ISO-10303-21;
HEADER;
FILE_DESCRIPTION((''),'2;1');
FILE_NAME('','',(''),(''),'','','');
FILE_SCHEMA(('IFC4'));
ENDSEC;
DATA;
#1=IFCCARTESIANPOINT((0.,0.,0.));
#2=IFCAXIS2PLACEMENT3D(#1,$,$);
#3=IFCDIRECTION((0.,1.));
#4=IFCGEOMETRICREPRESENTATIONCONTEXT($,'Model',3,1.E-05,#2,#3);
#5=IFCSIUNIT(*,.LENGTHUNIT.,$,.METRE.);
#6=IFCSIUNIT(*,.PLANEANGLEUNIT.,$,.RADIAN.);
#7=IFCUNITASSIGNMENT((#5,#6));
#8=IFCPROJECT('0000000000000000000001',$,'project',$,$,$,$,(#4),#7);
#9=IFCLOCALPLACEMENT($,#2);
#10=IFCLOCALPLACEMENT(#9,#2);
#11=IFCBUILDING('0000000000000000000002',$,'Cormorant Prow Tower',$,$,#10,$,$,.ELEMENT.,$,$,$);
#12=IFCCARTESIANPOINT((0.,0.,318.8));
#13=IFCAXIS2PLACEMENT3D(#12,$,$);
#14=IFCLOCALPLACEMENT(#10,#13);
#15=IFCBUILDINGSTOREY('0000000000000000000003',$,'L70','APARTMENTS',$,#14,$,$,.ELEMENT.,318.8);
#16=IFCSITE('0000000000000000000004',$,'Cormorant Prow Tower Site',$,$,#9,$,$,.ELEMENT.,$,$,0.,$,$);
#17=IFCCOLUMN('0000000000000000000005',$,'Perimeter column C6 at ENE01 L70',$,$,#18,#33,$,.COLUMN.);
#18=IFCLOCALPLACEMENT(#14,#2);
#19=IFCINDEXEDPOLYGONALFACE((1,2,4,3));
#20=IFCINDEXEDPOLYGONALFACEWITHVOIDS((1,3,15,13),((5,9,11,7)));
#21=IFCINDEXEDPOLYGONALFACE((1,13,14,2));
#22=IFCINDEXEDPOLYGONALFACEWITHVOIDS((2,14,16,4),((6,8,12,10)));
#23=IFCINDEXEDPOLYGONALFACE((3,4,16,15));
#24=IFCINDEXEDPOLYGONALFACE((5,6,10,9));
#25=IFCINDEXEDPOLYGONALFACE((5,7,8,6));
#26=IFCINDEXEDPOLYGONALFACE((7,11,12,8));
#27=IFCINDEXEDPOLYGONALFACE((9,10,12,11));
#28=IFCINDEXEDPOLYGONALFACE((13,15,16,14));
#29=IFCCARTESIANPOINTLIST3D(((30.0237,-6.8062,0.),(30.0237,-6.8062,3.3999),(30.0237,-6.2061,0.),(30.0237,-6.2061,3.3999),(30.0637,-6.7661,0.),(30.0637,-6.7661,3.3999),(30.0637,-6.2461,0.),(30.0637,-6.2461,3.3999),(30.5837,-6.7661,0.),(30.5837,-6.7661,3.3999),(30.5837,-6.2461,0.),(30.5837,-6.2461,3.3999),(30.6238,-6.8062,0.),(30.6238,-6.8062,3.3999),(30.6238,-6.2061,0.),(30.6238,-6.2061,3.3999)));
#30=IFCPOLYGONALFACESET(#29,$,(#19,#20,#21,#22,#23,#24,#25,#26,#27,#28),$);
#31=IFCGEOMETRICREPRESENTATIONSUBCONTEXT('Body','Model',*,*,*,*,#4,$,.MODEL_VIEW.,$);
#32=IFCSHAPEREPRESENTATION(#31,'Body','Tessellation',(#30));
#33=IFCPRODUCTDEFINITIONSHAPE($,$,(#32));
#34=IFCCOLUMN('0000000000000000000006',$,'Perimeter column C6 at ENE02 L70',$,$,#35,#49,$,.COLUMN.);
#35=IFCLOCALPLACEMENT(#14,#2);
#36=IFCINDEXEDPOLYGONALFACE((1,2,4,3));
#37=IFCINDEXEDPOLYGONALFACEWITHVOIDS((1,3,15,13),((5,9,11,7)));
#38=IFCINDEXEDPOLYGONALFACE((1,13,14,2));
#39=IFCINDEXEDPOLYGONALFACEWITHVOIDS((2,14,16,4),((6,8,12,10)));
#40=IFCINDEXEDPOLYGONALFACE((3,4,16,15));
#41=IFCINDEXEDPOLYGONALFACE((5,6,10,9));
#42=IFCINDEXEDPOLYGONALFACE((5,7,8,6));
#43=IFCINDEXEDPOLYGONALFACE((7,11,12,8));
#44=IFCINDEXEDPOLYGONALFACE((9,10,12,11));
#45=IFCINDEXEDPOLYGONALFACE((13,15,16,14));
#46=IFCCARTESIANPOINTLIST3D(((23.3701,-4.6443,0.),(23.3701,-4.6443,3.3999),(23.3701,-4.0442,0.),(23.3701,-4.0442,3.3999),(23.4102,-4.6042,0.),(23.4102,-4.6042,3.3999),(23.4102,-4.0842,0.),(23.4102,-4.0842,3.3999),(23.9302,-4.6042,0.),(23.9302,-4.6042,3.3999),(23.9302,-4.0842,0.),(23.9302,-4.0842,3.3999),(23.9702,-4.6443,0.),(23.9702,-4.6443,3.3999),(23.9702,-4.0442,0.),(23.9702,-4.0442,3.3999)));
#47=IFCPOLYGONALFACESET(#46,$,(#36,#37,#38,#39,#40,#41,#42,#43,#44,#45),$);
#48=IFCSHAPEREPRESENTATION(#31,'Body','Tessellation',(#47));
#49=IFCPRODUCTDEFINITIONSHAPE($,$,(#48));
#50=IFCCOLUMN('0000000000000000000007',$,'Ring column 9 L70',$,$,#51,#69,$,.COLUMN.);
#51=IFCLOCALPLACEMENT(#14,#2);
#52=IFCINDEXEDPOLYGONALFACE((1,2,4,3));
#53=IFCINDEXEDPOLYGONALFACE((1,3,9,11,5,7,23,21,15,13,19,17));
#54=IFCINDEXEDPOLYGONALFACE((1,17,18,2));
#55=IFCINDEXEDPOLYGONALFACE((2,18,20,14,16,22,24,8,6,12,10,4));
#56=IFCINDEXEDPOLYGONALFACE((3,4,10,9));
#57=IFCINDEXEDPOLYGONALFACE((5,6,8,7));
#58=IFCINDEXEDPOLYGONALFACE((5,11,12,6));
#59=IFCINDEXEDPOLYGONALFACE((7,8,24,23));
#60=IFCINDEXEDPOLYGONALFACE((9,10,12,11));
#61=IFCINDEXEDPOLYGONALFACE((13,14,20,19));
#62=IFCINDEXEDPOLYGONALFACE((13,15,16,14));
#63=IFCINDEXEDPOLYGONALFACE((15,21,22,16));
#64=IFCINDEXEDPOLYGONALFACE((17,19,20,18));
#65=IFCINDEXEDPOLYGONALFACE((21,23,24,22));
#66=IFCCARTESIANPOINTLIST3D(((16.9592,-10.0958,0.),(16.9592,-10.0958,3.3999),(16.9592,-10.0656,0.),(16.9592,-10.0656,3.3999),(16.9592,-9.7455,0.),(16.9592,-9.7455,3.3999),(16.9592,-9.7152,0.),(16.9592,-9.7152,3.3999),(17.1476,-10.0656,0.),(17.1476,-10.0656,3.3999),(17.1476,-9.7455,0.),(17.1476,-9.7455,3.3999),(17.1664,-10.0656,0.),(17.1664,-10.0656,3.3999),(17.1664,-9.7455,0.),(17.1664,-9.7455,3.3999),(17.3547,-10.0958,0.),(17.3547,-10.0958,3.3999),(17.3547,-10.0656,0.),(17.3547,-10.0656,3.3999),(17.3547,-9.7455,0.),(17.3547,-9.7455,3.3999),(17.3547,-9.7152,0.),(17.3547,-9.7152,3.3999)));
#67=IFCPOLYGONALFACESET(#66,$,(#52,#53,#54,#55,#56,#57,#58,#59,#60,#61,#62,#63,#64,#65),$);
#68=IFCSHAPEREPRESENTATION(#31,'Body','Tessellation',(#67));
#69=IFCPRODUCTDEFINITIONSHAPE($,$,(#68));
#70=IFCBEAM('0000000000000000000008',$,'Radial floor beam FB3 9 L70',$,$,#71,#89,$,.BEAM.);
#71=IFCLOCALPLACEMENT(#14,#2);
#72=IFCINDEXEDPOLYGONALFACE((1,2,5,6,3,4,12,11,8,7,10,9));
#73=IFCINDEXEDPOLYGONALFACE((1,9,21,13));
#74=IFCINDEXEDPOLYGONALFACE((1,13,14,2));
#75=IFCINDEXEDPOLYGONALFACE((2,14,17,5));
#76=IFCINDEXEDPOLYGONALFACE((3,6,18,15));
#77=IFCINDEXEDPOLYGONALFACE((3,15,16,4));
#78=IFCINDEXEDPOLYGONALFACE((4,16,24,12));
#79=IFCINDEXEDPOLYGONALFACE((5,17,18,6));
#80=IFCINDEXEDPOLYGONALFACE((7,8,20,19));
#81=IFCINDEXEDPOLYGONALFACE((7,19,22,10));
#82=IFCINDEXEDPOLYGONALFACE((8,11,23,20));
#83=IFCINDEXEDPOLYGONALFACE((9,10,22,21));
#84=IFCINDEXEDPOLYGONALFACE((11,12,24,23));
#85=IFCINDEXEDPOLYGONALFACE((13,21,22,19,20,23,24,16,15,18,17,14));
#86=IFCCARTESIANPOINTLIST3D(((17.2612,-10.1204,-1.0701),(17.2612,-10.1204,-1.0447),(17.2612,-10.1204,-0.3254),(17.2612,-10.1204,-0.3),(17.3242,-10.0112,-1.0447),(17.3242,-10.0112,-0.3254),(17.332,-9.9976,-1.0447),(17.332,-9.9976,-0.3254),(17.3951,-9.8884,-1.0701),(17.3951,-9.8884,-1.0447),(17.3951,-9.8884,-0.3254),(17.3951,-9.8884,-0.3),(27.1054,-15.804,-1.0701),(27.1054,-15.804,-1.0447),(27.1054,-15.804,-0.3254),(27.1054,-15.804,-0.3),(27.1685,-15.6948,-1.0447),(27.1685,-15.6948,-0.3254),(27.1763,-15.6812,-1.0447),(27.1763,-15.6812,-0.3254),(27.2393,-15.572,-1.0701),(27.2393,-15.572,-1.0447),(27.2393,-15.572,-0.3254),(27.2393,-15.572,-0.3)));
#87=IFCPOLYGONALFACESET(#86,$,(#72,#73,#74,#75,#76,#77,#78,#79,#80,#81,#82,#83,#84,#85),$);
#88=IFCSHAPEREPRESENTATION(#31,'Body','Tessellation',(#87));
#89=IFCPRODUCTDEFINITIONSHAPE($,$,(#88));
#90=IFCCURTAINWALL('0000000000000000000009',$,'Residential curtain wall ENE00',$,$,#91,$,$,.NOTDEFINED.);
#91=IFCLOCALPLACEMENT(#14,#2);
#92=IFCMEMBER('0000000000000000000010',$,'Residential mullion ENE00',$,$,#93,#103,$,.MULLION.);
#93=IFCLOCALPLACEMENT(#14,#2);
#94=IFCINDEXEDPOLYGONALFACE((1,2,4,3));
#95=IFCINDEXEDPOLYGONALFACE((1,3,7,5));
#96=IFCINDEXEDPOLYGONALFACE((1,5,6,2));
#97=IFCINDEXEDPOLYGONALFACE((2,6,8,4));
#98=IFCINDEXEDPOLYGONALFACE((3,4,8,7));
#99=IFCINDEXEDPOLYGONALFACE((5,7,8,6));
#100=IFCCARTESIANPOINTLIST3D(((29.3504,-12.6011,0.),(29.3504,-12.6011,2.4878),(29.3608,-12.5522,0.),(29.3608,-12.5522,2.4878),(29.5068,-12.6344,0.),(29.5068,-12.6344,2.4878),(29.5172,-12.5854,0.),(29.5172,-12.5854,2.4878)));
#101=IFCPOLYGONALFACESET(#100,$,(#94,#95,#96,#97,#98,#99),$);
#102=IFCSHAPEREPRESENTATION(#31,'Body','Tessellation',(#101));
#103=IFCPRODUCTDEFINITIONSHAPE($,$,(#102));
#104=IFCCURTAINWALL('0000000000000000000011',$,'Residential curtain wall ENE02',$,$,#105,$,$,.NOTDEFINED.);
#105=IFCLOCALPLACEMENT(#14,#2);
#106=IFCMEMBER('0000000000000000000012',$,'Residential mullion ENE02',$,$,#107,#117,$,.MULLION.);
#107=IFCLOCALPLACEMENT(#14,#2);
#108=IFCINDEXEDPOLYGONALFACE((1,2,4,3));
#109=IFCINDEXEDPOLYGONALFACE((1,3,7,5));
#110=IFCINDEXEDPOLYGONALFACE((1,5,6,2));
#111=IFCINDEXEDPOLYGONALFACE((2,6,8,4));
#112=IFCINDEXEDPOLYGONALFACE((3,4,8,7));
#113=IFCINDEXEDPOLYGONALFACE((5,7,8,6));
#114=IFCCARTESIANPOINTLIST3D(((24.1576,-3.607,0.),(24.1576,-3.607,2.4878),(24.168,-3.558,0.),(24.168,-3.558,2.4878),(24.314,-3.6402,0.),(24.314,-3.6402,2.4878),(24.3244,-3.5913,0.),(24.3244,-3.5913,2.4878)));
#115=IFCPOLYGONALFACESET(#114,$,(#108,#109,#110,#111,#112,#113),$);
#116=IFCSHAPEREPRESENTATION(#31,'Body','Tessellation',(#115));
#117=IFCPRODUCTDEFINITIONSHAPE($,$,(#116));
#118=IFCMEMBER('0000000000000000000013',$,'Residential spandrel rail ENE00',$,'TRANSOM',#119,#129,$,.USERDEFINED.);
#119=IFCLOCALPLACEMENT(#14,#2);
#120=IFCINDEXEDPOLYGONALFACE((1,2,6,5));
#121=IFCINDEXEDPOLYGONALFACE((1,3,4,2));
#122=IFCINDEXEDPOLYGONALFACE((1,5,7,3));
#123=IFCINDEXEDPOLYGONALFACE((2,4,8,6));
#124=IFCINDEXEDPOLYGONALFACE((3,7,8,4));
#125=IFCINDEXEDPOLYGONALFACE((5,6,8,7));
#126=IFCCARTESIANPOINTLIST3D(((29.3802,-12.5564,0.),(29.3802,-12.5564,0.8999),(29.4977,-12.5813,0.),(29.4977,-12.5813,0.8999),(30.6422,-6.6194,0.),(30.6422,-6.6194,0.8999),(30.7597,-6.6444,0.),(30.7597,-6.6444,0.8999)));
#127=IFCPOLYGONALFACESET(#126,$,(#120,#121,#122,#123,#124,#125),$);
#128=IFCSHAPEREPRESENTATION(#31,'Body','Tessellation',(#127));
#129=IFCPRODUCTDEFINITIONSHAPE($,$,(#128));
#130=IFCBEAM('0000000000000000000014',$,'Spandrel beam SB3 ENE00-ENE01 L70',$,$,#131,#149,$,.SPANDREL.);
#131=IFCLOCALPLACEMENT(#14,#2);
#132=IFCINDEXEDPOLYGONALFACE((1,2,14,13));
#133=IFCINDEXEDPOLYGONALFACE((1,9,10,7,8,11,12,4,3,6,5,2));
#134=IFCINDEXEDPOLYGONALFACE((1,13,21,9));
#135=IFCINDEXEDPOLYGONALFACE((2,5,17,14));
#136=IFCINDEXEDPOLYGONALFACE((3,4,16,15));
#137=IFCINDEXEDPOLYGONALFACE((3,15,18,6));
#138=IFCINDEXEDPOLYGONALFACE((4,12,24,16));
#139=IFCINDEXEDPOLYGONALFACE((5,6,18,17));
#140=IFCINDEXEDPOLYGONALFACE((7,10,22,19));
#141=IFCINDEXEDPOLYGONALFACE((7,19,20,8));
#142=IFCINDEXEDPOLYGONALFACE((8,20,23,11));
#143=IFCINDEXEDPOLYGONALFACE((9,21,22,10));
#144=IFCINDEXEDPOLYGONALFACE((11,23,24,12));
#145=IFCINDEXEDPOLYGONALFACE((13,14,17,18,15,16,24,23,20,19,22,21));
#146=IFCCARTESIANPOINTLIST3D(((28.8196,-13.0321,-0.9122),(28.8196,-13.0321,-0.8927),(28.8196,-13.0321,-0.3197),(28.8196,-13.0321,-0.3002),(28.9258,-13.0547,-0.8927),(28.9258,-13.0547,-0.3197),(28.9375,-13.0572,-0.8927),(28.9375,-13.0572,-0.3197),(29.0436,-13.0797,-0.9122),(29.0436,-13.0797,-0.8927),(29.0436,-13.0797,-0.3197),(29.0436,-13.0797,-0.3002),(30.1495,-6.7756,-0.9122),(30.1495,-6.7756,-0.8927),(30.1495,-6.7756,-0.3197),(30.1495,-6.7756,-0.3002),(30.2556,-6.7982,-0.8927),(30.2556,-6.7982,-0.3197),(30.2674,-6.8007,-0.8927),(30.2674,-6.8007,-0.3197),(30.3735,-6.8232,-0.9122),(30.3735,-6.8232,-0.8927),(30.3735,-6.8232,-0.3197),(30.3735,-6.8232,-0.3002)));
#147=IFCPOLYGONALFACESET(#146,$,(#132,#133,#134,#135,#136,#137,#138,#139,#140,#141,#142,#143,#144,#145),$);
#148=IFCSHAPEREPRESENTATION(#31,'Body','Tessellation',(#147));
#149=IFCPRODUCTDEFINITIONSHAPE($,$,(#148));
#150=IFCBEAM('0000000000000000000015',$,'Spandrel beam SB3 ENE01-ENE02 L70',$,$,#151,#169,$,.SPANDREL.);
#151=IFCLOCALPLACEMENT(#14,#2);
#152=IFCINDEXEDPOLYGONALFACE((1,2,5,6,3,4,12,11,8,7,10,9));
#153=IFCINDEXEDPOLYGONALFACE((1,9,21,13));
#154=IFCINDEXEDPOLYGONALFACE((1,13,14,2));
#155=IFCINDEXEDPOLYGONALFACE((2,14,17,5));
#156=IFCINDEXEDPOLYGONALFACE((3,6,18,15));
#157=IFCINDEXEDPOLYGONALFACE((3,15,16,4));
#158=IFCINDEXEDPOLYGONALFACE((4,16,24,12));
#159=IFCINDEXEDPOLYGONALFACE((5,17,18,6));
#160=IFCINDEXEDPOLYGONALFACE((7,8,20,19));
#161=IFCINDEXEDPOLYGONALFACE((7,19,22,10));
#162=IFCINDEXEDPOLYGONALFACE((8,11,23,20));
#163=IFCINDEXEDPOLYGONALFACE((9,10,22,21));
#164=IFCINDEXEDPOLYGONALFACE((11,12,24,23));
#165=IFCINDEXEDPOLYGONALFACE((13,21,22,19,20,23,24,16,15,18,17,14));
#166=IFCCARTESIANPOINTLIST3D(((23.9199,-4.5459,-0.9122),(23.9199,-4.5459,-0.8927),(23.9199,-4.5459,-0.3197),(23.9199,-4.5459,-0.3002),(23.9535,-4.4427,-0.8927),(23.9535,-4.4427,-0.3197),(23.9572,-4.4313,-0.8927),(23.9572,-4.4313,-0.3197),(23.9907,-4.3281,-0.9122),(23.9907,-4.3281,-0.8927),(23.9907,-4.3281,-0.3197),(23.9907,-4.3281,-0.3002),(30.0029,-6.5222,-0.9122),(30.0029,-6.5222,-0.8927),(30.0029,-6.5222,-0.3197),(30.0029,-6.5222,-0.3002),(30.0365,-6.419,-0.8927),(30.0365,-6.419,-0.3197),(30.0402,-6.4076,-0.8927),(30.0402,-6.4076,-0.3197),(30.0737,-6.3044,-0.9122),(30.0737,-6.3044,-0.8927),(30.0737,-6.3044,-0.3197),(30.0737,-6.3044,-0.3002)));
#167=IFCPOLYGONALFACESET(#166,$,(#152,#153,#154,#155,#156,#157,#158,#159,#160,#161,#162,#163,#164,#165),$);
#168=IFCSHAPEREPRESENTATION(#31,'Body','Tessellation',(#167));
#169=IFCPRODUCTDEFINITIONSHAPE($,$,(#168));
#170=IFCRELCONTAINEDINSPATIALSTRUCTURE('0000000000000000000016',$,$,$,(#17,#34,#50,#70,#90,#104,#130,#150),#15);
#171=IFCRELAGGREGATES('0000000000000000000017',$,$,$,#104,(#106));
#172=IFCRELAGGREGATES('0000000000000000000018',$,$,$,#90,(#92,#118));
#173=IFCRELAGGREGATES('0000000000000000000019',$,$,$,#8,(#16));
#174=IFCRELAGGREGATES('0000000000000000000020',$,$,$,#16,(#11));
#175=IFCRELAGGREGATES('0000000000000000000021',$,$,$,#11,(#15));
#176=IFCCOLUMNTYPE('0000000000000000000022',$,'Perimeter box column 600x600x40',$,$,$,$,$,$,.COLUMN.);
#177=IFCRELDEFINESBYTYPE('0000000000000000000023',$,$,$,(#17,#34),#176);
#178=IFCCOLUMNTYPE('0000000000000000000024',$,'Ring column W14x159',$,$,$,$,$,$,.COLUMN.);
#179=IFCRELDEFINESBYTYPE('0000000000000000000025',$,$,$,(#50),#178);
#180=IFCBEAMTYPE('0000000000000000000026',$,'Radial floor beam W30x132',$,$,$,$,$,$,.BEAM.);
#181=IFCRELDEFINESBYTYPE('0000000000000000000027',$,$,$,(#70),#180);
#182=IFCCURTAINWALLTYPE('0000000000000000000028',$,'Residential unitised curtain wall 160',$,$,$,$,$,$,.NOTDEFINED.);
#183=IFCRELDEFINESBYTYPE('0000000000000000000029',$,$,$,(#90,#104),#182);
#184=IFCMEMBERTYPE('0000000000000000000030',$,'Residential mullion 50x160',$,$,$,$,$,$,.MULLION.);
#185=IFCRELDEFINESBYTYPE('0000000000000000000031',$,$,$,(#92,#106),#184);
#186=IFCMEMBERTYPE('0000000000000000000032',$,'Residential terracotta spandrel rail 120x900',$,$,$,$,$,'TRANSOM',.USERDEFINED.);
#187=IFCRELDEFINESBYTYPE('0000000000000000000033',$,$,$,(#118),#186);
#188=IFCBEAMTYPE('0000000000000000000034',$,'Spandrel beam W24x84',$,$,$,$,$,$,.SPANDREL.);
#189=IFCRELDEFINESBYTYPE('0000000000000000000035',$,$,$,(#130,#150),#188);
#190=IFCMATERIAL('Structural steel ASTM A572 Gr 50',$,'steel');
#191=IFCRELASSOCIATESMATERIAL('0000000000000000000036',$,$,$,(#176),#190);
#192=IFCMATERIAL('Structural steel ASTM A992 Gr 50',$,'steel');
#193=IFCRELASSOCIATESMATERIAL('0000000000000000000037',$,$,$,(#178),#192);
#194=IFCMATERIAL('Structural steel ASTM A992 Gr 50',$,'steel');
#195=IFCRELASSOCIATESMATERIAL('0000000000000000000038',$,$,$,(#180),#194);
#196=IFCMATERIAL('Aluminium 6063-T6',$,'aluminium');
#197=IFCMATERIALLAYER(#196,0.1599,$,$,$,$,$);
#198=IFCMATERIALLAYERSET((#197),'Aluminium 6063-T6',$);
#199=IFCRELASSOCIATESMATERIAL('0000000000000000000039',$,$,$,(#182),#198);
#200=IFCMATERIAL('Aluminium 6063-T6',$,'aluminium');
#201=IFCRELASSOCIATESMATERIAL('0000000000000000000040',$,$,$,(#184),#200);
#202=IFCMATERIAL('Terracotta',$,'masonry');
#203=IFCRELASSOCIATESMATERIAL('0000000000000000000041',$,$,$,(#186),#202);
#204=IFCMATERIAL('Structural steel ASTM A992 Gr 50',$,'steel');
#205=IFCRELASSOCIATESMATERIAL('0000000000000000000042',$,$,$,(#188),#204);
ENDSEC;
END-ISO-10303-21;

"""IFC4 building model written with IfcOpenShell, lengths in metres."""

from ifc_helpers import new_model, si_unit, direction, frame, origin, origin_2d, place, context, subcontext, project, spatial, rectangle, hollow_rectangle, i_section, extrude, material, layer, layer_set, material_profile, profile_set, type_object, element, aggregate, save


model = new_model("IFC4")

# Units and contexts
model_context = context("Model", 3, precision=1e-05, world=origin(), true_north=direction((0.0, 1.0)))
body_context = subcontext(model_context, "Body", "Model", "MODEL_VIEW")
ifc_project = project(units=[si_unit("LENGTHUNIT", "METRE"), si_unit("PLANEANGLEUNIT", "RADIAN")], contexts=[model_context])

# Site, building, storey
site_placement = place(None, origin())
site = spatial("IfcSite", under=ifc_project, at=site_placement, Name="Cormorant Prow Tower Site", CompositionType="ELEMENT", RefElevation=0.0)
building_placement = place(site_placement, origin())
building = spatial("IfcBuilding", under=site, at=building_placement, Name="Cormorant Prow Tower", CompositionType="ELEMENT")
storey_placement = place(building_placement, frame((0.0, 0.0, 318.8)))
storey = spatial("IfcBuildingStorey", under=building, at=storey_placement, Name="L70", Description="APARTMENTS", CompositionType="ELEMENT", Elevation=318.8)

# Columns
ifc_material_1 = material(Name="Structural steel ASTM A572 Gr 50", Category="steel")
ifc_material_profile_1 = material_profile(ifc_material_1, hollow_rectangle(XDim=0.6001, YDim=0.6001, WallThickness=0.04, at=origin_2d()), Name="Box 600x600x40")
ifc_profile_set_1 = profile_set([ifc_material_profile_1], Name="Structural steel ASTM A572 Gr 50")
column_type_1 = type_object("IfcColumnType", Name="Perimeter box column 600x600x40", PredefinedType="COLUMN", material=ifc_profile_set_1)
for number, where, z_axis, x_axis, name in (
    (1, (30.3237, -6.5061, 0.0), (0.0, 0.0, 1.0), (1.0, 0.0, 0.0), "Perimeter column C6 at ENE01 L70"),
    (2, (23.6702, -4.3442, 0.0), (0.0, 0.0, 1.0), (1.0, 0.0, 0.0), "Perimeter column C6 at ENE02 L70"),
):
    element("IfcColumn", number, at=place(storey_placement, frame(where, z_axis=z_axis, x_axis=x_axis)), inside=storey, type_object=column_type_1, Name=name, PredefinedType="COLUMN", context=body_context, shape_type="SweptSolid", body=[
        extrude(hollow_rectangle(XDim=0.6001, YDim=0.6001, WallThickness=0.04, at=origin_2d()), origin(), (0.0, 0.0, 1.0), 3.3999),
    ])
ifc_material_2 = material(Name="Structural steel ASTM A992 Gr 50", Category="steel")
ifc_material_profile_2 = material_profile(ifc_material_2, i_section(OverallWidth=0.3955, OverallDepth=0.3806, WebThickness=0.0188, FlangeThickness=0.0303, at=origin_2d()), Name="W14x159")
ifc_profile_set_2 = profile_set([ifc_material_profile_2], Name="Structural steel ASTM A992 Gr 50")
column_type_2 = type_object("IfcColumnType", Name="Ring column W14x159", PredefinedType="COLUMN", material=ifc_profile_set_2)
column_placement = place(storey_placement, frame((17.157, -9.9055, 0.0), z_axis=(0.0, 0.0, 1.0), x_axis=(1.0, 0.0, 0.0)))
element("IfcColumn", 3, at=column_placement, inside=storey, type_object=column_type_2, Name="Ring column 9 L70", PredefinedType="COLUMN", context=body_context, shape_type="SweptSolid", body=[
    extrude(i_section(OverallWidth=0.3955, OverallDepth=0.3806, WebThickness=0.0188, FlangeThickness=0.0303, at=origin_2d()), origin(), (0.0, 0.0, 1.0), 3.3999),
])

# Beam
ifc_material_3 = material(Name="Structural steel ASTM A992 Gr 50", Category="steel")
ifc_material_profile_3 = material_profile(ifc_material_3, i_section(OverallWidth=0.2678, OverallDepth=0.77, WebThickness=0.0156, FlangeThickness=0.0254, at=origin_2d()), Name="W30x132")
ifc_profile_set_3 = profile_set([ifc_material_profile_3], Name="Structural steel ASTM A992 Gr 50")
beam_type_1 = type_object("IfcBeamType", Name="Radial floor beam W30x132", PredefinedType="BEAM", material=ifc_profile_set_3)
beam_1_placement = place(storey_placement, frame((17.3281, -10.0044, -0.6851), z_axis=(0.866025, -0.500001, 0.0), x_axis=(0.500001, 0.866025, 0.0)))
element("IfcBeam", 4, at=beam_1_placement, inside=storey, type_object=beam_type_1, Name="Radial floor beam FB3 9 L70", PredefinedType="BEAM", context=body_context, shape_type="SweptSolid", body=[
    extrude(i_section(OverallWidth=0.2678, OverallDepth=0.77, WebThickness=0.0156, FlangeThickness=0.0254, at=origin_2d()), origin(), (0.0, 0.0, 1.0), 11.3672),
])

# Curtain walls, members
ifc_material_4 = material(Name="Aluminium 6063-T6", Category="aluminium")
ifc_layer_1 = layer(ifc_material_4, 0.1599)
ifc_layer_set_1 = layer_set([ifc_layer_1], Name="Aluminium 6063-T6")
curtain_wall_type = type_object("IfcCurtainWallType", Name="Residential unitised curtain wall 160", PredefinedType="NOTDEFINED", material=ifc_layer_set_1)
curtain_wall_1_placement = place(storey_placement, origin())
curtain_wall_1 = element("IfcCurtainWall", 5, at=curtain_wall_1_placement, inside=storey, type_object=curtain_wall_type, Name="Residential curtain wall ENE00", PredefinedType="NOTDEFINED")
ifc_material_5 = material(Name="Aluminium 6063-T6", Category="aluminium")
ifc_material_profile_4 = material_profile(ifc_material_5, rectangle(XDim=0.1599, YDim=0.05, at=origin_2d()), Name="Residential mullion 50x160")
ifc_profile_set_4 = profile_set([ifc_material_profile_4], Name="Aluminium 6063-T6")
member_type_1 = type_object("IfcMemberType", Name="Residential mullion 50x160", PredefinedType="MULLION", material=ifc_profile_set_4)
member_1_placement = place(storey_placement, frame((29.4338, -12.5933, 0.0), z_axis=(0.0, 0.0, 1.0), x_axis=(-0.978148, 0.207912, 0.0)))
member_1 = element("IfcMember", 6, at=member_1_placement, type_object=member_type_1, Name="Residential mullion ENE00", PredefinedType="MULLION", context=body_context, shape_type="SweptSolid", body=[
    extrude(rectangle(XDim=0.1599, YDim=0.05, at=origin_2d()), origin(), (0.0, 0.0, 1.0), 2.4878),
])
curtain_wall_2_placement = place(storey_placement, origin())
curtain_wall_2 = element("IfcCurtainWall", 7, at=curtain_wall_2_placement, inside=storey, type_object=curtain_wall_type, Name="Residential curtain wall ENE02", PredefinedType="NOTDEFINED")
member_2_placement = place(storey_placement, frame((24.241, -3.5991, 0.0), z_axis=(0.0, 0.0, 1.0), x_axis=(-0.978148, 0.207912, 0.0)))
member_2 = element("IfcMember", 8, at=member_2_placement, type_object=member_type_1, Name="Residential mullion ENE02", PredefinedType="MULLION", context=body_context, shape_type="SweptSolid", body=[
    extrude(rectangle(XDim=0.1599, YDim=0.05, at=origin_2d()), origin(), (0.0, 0.0, 1.0), 2.4878),
])
aggregate(curtain_wall_2, [member_2])

# Member
ifc_material_6 = material(Name="Terracotta", Category="masonry")
ifc_material_profile_5 = material_profile(ifc_material_6, rectangle(XDim=0.1201, YDim=0.8999, at=origin_2d()), Name="Residential terracotta spandrel rail 120x900")
ifc_profile_set_5 = profile_set([ifc_material_profile_5], Name="Terracotta")
member_type_2 = type_object("IfcMemberType", Name="Residential terracotta spandrel rail 120x900", ElementType="TRANSOM", PredefinedType="USERDEFINED", material=ifc_profile_set_5)
member_3_placement = place(storey_placement, frame((29.439, -12.5688, 0.45), z_axis=(0.207914, 0.978147, 0.0), x_axis=(-0.978147, 0.207914, 0.0)))
member_3 = element("IfcMember", 9, at=member_3_placement, type_object=member_type_2, Name="Residential spandrel rail ENE00", ObjectType="TRANSOM", PredefinedType="USERDEFINED", context=body_context, shape_type="SweptSolid", body=[
    extrude(rectangle(XDim=0.1201, YDim=0.8999, at=origin_2d()), origin(), (0.0, 0.0, 1.0), 6.0696),
])

# Beams
ifc_material_7 = material(Name="Structural steel ASTM A992 Gr 50", Category="steel")
ifc_material_profile_6 = material_profile(ifc_material_7, i_section(OverallWidth=0.229, OverallDepth=0.6121, WebThickness=0.012, FlangeThickness=0.0195, at=origin_2d()), Name="W24x84")
ifc_profile_set_6 = profile_set([ifc_material_profile_6], Name="Structural steel ASTM A992 Gr 50")
beam_type_2 = type_object("IfcBeamType", Name="Spandrel beam W24x84", PredefinedType="SPANDREL", material=ifc_profile_set_6)
beam_2_placement = place(storey_placement, frame((28.9316, -13.0559, -0.6062), z_axis=(0.207913, 0.978147, 0.0), x_axis=(-0.978147, 0.207913, 0.0)))
element("IfcBeam", 10, at=beam_2_placement, inside=storey, type_object=beam_type_2, Name="Spandrel beam SB3 ENE00-ENE01 L70", PredefinedType="SPANDREL", context=body_context, shape_type="SweptSolid", body=[
    extrude(i_section(OverallWidth=0.229, OverallDepth=0.6121, WebThickness=0.012, FlangeThickness=0.0195, at=origin_2d()), origin(), (0.0, 0.0, 1.0), 6.3962),
])
beam_3_placement = place(storey_placement, frame((30.0383, -6.4133, -0.6062), z_axis=(-0.951064, 0.308993, 0.0), x_axis=(-0.308993, -0.951064, 0.0)))
element("IfcBeam", 11, at=beam_3_placement, inside=storey, type_object=beam_type_2, Name="Spandrel beam SB3 ENE01-ENE02 L70", PredefinedType="SPANDREL", context=body_context, shape_type="SweptSolid", body=[
    extrude(i_section(OverallWidth=0.229, OverallDepth=0.6121, WebThickness=0.012, FlangeThickness=0.0195, at=origin_2d()), origin(), (0.0, 0.0, 1.0), 6.396),
])

aggregate(curtain_wall_1, [member_1, member_3])

save(model, "model.ifc")
